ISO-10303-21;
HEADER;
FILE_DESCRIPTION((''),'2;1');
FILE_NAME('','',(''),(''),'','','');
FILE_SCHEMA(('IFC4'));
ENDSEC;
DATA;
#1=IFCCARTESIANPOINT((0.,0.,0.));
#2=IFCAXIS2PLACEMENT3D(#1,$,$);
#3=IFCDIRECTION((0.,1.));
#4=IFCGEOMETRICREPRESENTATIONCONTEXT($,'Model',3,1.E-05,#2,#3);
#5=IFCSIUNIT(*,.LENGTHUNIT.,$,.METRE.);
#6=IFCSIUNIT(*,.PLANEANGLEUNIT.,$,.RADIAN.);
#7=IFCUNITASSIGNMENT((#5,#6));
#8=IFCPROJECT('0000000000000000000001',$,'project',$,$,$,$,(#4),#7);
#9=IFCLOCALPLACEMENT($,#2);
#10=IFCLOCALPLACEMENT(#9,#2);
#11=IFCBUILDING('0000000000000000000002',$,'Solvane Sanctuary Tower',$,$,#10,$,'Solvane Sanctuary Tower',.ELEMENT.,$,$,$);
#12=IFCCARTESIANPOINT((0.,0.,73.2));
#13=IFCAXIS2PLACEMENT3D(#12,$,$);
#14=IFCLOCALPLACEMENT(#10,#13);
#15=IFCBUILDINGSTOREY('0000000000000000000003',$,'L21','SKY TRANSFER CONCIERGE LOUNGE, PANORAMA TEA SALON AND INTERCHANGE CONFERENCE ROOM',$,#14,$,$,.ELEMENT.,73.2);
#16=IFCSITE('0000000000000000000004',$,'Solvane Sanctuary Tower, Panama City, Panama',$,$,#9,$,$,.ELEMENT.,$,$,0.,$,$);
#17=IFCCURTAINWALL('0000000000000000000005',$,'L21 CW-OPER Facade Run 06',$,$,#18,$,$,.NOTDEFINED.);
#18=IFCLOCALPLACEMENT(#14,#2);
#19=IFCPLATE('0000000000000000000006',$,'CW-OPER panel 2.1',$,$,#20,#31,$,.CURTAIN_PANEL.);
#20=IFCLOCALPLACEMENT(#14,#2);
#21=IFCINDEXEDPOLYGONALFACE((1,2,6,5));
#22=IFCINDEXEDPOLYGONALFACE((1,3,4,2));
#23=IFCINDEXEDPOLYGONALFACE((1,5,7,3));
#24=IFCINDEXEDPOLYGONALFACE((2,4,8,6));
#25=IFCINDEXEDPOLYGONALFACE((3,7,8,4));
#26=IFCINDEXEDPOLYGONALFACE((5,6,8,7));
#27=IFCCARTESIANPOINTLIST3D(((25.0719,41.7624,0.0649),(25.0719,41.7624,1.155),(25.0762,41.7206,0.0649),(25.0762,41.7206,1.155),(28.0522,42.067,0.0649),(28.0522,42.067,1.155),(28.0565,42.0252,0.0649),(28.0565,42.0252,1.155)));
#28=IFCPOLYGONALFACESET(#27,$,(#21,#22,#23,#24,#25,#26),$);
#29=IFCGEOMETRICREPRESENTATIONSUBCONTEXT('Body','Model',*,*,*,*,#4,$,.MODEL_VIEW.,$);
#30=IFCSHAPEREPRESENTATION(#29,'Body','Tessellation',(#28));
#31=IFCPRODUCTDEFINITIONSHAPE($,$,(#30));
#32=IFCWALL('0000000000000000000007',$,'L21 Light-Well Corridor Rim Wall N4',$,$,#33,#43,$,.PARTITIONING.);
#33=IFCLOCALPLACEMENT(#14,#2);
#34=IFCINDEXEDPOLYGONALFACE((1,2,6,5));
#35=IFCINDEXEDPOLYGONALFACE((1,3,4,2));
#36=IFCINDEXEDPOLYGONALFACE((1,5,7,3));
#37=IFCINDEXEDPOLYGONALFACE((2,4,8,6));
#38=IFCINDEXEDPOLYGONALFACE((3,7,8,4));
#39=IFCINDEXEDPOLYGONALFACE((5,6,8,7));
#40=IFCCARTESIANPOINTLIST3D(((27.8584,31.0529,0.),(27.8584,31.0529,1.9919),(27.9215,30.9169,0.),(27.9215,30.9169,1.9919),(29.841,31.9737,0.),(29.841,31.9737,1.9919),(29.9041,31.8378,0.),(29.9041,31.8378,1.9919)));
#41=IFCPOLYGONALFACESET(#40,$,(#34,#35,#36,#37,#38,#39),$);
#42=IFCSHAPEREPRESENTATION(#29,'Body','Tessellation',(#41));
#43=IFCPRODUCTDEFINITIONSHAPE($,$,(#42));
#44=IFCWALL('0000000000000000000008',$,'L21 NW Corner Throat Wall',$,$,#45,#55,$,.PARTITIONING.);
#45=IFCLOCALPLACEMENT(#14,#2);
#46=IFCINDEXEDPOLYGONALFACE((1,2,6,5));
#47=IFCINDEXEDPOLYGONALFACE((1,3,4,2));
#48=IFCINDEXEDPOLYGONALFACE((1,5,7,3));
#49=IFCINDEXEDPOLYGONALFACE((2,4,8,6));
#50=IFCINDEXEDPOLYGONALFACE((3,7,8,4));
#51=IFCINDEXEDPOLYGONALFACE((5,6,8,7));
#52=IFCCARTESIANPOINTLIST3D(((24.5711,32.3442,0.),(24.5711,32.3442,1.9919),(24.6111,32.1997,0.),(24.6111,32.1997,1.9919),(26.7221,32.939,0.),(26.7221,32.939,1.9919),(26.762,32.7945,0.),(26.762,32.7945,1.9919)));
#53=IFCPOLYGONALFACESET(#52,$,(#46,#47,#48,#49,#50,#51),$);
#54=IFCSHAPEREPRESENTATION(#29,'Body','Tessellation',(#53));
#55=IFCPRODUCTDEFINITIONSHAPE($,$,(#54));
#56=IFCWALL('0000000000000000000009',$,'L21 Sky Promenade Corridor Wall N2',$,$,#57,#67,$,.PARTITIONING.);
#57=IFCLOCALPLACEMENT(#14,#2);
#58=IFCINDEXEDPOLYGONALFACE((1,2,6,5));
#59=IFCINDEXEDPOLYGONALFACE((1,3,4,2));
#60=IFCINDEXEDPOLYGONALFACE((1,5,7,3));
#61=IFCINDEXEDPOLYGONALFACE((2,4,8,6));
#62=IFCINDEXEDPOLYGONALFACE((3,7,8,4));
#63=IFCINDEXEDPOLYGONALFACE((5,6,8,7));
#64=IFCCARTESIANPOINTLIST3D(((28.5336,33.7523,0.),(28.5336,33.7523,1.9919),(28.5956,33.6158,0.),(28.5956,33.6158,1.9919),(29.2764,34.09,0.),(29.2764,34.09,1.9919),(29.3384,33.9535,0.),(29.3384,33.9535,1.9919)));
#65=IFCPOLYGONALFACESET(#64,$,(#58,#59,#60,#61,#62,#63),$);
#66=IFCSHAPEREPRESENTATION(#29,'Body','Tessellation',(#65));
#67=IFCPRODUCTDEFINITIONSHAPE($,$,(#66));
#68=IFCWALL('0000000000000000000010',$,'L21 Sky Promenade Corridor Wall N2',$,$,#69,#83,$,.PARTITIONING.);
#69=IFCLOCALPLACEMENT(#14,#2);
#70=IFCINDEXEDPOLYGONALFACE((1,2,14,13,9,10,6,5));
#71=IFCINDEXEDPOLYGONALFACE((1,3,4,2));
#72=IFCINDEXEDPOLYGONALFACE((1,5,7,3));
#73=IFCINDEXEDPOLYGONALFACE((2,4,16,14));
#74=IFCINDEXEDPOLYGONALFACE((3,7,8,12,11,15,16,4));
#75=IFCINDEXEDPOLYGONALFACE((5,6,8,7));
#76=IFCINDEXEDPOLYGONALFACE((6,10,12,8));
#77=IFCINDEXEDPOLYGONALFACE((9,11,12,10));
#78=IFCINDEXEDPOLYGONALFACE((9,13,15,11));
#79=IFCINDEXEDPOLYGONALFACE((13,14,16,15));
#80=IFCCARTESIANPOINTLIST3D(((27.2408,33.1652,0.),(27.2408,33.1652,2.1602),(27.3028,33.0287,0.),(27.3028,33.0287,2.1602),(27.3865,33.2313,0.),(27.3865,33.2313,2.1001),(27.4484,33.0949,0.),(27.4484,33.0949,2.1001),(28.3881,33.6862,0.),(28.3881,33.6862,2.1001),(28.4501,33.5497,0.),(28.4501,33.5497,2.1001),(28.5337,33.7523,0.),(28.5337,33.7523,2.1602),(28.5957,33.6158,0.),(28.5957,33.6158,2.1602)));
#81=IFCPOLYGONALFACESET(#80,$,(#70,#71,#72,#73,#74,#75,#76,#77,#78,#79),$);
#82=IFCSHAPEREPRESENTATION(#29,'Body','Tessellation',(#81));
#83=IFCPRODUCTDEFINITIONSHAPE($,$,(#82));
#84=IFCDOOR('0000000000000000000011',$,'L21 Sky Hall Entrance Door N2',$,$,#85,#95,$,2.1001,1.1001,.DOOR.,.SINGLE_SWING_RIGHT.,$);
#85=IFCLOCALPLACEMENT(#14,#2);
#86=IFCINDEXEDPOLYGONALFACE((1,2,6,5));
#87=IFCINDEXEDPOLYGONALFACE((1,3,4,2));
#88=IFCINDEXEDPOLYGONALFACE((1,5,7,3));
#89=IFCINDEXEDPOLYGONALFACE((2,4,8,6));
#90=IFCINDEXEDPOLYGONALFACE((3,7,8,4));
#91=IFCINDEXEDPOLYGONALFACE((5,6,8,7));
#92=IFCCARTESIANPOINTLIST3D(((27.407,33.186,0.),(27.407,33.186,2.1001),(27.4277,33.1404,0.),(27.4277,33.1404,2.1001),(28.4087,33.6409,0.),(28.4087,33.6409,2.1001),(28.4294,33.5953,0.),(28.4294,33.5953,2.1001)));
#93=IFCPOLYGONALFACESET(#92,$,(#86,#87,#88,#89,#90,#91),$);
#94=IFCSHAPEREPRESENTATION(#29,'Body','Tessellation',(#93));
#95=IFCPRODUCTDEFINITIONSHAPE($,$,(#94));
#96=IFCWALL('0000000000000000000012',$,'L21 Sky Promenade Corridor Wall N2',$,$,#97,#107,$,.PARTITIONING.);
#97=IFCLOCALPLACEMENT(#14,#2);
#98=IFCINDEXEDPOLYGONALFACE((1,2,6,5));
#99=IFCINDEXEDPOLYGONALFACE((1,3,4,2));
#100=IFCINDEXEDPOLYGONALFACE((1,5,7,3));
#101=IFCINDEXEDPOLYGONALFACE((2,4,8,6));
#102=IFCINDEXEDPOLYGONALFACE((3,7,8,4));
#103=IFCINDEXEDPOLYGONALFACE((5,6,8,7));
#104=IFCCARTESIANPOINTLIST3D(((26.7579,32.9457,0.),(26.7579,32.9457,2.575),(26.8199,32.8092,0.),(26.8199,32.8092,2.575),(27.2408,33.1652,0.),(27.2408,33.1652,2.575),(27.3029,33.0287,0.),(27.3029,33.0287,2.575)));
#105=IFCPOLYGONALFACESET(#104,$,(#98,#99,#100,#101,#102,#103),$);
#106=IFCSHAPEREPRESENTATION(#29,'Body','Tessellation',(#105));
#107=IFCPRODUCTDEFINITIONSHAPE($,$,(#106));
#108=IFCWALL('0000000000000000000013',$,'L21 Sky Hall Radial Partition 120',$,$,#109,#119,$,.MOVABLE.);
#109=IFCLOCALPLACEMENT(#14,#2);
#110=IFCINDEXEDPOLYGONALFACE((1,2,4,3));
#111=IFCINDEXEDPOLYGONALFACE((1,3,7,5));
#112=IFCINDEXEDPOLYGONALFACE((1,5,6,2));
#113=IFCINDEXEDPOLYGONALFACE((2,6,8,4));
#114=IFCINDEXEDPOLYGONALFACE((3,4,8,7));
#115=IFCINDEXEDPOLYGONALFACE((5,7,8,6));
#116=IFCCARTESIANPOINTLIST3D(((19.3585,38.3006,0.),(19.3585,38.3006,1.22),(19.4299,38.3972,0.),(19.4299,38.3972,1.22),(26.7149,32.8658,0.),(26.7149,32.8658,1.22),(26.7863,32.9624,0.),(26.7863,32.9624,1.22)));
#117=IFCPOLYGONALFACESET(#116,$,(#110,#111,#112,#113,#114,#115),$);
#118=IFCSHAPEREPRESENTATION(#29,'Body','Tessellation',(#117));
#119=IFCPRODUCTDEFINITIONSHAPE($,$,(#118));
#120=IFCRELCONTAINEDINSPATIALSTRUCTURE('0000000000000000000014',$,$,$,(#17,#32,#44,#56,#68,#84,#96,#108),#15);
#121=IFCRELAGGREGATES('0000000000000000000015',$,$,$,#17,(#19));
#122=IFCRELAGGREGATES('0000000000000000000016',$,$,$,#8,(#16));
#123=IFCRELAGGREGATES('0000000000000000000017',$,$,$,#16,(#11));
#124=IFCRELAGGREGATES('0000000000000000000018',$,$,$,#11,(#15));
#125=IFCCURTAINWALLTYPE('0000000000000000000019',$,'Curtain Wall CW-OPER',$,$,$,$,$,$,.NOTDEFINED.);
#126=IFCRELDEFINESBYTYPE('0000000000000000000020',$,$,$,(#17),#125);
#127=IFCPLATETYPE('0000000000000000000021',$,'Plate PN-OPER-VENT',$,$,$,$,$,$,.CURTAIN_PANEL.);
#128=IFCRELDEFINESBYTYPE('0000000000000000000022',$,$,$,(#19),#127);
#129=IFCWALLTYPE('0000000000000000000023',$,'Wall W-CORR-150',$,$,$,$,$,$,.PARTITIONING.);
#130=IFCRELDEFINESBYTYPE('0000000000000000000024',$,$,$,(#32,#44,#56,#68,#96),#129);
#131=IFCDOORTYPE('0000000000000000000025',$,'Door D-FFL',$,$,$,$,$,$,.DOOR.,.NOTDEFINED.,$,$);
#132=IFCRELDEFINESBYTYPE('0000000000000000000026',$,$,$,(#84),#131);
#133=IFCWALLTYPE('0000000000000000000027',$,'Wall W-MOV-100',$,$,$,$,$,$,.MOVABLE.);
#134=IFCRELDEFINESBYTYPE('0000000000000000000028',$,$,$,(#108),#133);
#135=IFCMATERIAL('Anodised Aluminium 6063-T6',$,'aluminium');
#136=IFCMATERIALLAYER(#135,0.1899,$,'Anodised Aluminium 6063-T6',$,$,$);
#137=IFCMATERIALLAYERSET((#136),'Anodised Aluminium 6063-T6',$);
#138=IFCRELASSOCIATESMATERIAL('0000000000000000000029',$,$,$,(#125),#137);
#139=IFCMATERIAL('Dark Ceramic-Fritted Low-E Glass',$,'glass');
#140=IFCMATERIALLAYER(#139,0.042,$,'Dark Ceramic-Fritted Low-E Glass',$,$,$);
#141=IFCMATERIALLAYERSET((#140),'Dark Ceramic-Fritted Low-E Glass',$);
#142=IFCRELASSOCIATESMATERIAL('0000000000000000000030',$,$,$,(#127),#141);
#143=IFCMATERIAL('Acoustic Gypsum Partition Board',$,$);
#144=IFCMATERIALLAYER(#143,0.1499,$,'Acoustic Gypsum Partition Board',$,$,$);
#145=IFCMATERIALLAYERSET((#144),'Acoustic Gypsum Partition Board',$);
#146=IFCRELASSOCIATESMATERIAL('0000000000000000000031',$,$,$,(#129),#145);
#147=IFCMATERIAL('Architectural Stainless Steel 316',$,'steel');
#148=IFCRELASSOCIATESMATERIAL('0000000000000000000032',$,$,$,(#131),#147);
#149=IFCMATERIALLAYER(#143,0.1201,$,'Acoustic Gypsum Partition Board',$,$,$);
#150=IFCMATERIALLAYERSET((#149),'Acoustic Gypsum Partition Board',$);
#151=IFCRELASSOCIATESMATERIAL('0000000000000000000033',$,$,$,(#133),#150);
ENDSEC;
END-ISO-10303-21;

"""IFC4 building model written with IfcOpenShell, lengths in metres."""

from ifc_helpers import new_model, si_unit, direction, frame, frame_2d, origin, origin_2d, place, context, subcontext, project, spatial, rectangle, extrude, material, layer, layer_set, type_object, element, fill, aggregate, save


model = new_model("IFC4")

# Units and contexts
model_context = context("Model", 3, precision=1e-05, world=origin(), true_north=direction((0.0, 1.0)))
body_context = subcontext(model_context, "Body", "Model", "MODEL_VIEW")
ifc_project = project(units=[si_unit("LENGTHUNIT", "METRE"), si_unit("PLANEANGLEUNIT", "RADIAN")], contexts=[model_context])

# Site, building, storey
site_placement = place(None, origin())
site = spatial("IfcSite", under=ifc_project, at=site_placement, Name="Solvane Sanctuary Tower, Panama City, Panama", CompositionType="ELEMENT", RefElevation=0.0)
building_placement = place(site_placement, origin())
building = spatial("IfcBuilding", under=site, at=building_placement, Name="Solvane Sanctuary Tower", LongName="Solvane Sanctuary Tower", CompositionType="ELEMENT")
storey_placement = place(building_placement, frame((0.0, 0.0, 73.2)))
storey = spatial("IfcBuildingStorey", under=building, at=storey_placement, Name="L21", Description="SKY TRANSFER CONCIERGE LOUNGE, PANORAMA TEA SALON AND INTERCHANGE CONFERENCE ROOM", CompositionType="ELEMENT", Elevation=73.2)

# Curtain wall
ifc_material_1 = material(Name="Anodised Aluminium 6063-T6", Category="aluminium")
ifc_layer_1 = layer(ifc_material_1, 0.1899, Name="Anodised Aluminium 6063-T6")
ifc_layer_set_1 = layer_set([ifc_layer_1], Name="Anodised Aluminium 6063-T6")
curtain_wall_type = type_object("IfcCurtainWallType", Name="Curtain Wall CW-OPER", PredefinedType="NOTDEFINED", material=ifc_layer_set_1)
curtain_wall_1_placement = place(storey_placement, origin())
curtain_wall_1 = element("IfcCurtainWall", 1, at=curtain_wall_1_placement, inside=storey, type_object=curtain_wall_type, Name="L21 CW-OPER Facade Run 06", PredefinedType="NOTDEFINED")

# Plate
ifc_material_2 = material(Name="Dark Ceramic-Fritted Low-E Glass", Category="glass")
ifc_layer_2 = layer(ifc_material_2, 0.042, Name="Dark Ceramic-Fritted Low-E Glass")
ifc_layer_set_2 = layer_set([ifc_layer_2], Name="Dark Ceramic-Fritted Low-E Glass")
plate_type = type_object("IfcPlateType", Name="Plate PN-OPER-VENT", PredefinedType="CURTAIN_PANEL", material=ifc_layer_set_2)
plate_1_placement = place(storey_placement, frame((26.5642, 41.8938, 0.0649), z_axis=(0.0, 0.0, 1.0), x_axis=(-0.994819, -0.101658, 0.0)))
plate_1 = element("IfcPlate", 2, at=plate_1_placement, type_object=plate_type, Name="CW-OPER panel 2.1", PredefinedType="CURTAIN_PANEL", context=body_context, shape_type="SweptSolid", body=[
    extrude(rectangle(XDim=2.9958, YDim=0.042, at=origin_2d()), origin(), (0.0, 0.0, 1.0), 1.0901),
])
aggregate(curtain_wall_1, [plate_1])

# Walls
ifc_material_3 = material(Name="Acoustic Gypsum Partition Board")
ifc_layer_3 = layer(ifc_material_3, 0.1499, Name="Acoustic Gypsum Partition Board")
ifc_layer_set_3 = layer_set([ifc_layer_3], Name="Acoustic Gypsum Partition Board")
wall_type_1 = type_object("IfcWallType", Name="Wall W-CORR-150", PredefinedType="PARTITIONING", material=ifc_layer_set_3)
wall_1_placement = place(storey_placement, frame((29.8726, 31.9058, 0.0), z_axis=(0.0, 0.0, 1.0), x_axis=(-0.906943, -0.421252, 0.0)))
element("IfcWall", 3, at=wall_1_placement, inside=storey, type_object=wall_type_1, Name="L21 Light-Well Corridor Rim Wall N4", PredefinedType="PARTITIONING", context=body_context, shape_type="SweptSolid", body=[
    extrude(rectangle(XDim=2.186, YDim=0.1499, at=frame_2d((1.093, 0.0))), origin(), (0.0, 0.0, 1.0), 1.9919),
])
wall_2_placement = place(storey_placement, frame((26.7419, 32.8667, 0.0), z_axis=(0.0, 0.0, 1.0), x_axis=(-0.963834, -0.266504, 0.0)))
element("IfcWall", 4, at=wall_2_placement, inside=storey, type_object=wall_type_1, Name="L21 NW Corner Throat Wall", PredefinedType="PARTITIONING", context=body_context, shape_type="SweptSolid", body=[
    extrude(rectangle(XDim=2.2317, YDim=0.1499, at=frame_2d((1.1157, 0.0))), origin(), (0.0, 0.0, 1.0), 1.9919),
])
wall_3_placement = place(storey_placement, frame((29.3074, 34.0217, 0.0), z_axis=(0.0, 0.0, 1.0), x_axis=(-0.910336, -0.413871, 0.0)))
element("IfcWall", 5, at=wall_3_placement, inside=storey, type_object=wall_type_1, Name="L21 Sky Promenade Corridor Wall N2", PredefinedType="PARTITIONING", context=body_context, shape_type="SweptSolid", body=[
    extrude(rectangle(XDim=0.8159, YDim=0.1499, at=frame_2d((0.408, 0.0))), origin(), (0.0, 0.0, 1.0), 1.9919),
])

# Wall, opening, door
wall_4_placement = place(storey_placement, frame((28.5647, 33.6841, 0.0), z_axis=(0.0, 0.0, 1.0), x_axis=(-0.910514, -0.413479, 0.0)))
wall_4 = element("IfcWall", 6, at=wall_4_placement, inside=storey, type_object=wall_type_1, Name="L21 Sky Promenade Corridor Wall N2", PredefinedType="PARTITIONING", context=body_context, shape_type="SweptSolid", body=[
    extrude(rectangle(XDim=1.4199, YDim=0.1499, at=frame_2d((0.71, 0.0))), origin(), (0.0, 0.0, 1.0), 2.1602),
])
opening_placement = place(wall_4_placement, frame((0.1599, 0.0, 0.0)))
opening = element("IfcOpeningElement", 7, at=opening_placement, cuts=wall_4, PredefinedType="OPENING", context=body_context, shape_type="SweptSolid", body=[
    extrude(rectangle(XDim=1.1001, YDim=2.1001, at=frame_2d((0.55, 1.05))), frame((0.0, 0.085, 0.0), z_axis=(0.0, -1.0, 0.0), x_axis=(1.0, 0.0, 0.0)), (0.0, 0.0, 1.0), 0.1699),
])
ifc_material_4 = material(Name="Architectural Stainless Steel 316", Category="steel")
door_type = type_object("IfcDoorType", Name="Door D-FFL", OperationType="NOTDEFINED", PredefinedType="DOOR", material=ifc_material_4)
door_placement = place(opening_placement, origin())
door = element("IfcDoor", 8, at=door_placement, inside=storey, type_object=door_type, Name="L21 Sky Hall Entrance Door N2", OperationType="SINGLE_SWING_RIGHT", OverallHeight=2.1001, OverallWidth=1.1001, PredefinedType="DOOR", context=body_context, shape_type="SweptSolid", body=[
    extrude(rectangle(XDim=1.1001, YDim=2.1001, at=frame_2d((0.55, 1.05))), frame((0.0, 0.0249, 0.0), z_axis=(0.0, -1.0, 0.0), x_axis=(1.0, 0.0, 0.0)), (0.0, 0.0, 1.0), 0.05),
])
fill(opening, door)

# Walls
wall_5_placement = place(storey_placement, frame((27.2717, 33.0969, 0.0), z_axis=(0.0, 0.0, 1.0), x_axis=(-0.910382, -0.413768, 0.0)))
element("IfcWall", 9, at=wall_5_placement, inside=storey, type_object=wall_type_1, Name="L21 Sky Promenade Corridor Wall N2", PredefinedType="PARTITIONING", context=body_context, shape_type="SweptSolid", body=[
    extrude(rectangle(XDim=0.5305, YDim=0.1499, at=frame_2d((0.2651, 0.0))), origin(), (0.0, 0.0, 1.0), 2.575),
])
ifc_layer_4 = layer(ifc_material_3, 0.1201, Name="Acoustic Gypsum Partition Board")
ifc_layer_set_4 = layer_set([ifc_layer_4], Name="Acoustic Gypsum Partition Board")
wall_type_2 = type_object("IfcWallType", Name="Wall W-MOV-100", PredefinedType="MOVABLE", material=ifc_layer_set_4)
wall_6_placement = place(storey_placement, frame((26.7507, 32.9141, 0.0), z_axis=(0.0, 0.0, 1.0), x_axis=(-0.80431, 0.59421, 0.0)))
element("IfcWall", 10, at=wall_6_placement, inside=storey, type_object=wall_type_2, Name="L21 Sky Hall Radial Partition 120", PredefinedType="MOVABLE", context=body_context, shape_type="SweptSolid", body=[
    extrude(rectangle(XDim=9.1462, YDim=0.1201, at=frame_2d((4.5732, 0.0))), origin(), (0.0, 0.0, 1.0), 1.22),
])

save(model, "model.ifc")
